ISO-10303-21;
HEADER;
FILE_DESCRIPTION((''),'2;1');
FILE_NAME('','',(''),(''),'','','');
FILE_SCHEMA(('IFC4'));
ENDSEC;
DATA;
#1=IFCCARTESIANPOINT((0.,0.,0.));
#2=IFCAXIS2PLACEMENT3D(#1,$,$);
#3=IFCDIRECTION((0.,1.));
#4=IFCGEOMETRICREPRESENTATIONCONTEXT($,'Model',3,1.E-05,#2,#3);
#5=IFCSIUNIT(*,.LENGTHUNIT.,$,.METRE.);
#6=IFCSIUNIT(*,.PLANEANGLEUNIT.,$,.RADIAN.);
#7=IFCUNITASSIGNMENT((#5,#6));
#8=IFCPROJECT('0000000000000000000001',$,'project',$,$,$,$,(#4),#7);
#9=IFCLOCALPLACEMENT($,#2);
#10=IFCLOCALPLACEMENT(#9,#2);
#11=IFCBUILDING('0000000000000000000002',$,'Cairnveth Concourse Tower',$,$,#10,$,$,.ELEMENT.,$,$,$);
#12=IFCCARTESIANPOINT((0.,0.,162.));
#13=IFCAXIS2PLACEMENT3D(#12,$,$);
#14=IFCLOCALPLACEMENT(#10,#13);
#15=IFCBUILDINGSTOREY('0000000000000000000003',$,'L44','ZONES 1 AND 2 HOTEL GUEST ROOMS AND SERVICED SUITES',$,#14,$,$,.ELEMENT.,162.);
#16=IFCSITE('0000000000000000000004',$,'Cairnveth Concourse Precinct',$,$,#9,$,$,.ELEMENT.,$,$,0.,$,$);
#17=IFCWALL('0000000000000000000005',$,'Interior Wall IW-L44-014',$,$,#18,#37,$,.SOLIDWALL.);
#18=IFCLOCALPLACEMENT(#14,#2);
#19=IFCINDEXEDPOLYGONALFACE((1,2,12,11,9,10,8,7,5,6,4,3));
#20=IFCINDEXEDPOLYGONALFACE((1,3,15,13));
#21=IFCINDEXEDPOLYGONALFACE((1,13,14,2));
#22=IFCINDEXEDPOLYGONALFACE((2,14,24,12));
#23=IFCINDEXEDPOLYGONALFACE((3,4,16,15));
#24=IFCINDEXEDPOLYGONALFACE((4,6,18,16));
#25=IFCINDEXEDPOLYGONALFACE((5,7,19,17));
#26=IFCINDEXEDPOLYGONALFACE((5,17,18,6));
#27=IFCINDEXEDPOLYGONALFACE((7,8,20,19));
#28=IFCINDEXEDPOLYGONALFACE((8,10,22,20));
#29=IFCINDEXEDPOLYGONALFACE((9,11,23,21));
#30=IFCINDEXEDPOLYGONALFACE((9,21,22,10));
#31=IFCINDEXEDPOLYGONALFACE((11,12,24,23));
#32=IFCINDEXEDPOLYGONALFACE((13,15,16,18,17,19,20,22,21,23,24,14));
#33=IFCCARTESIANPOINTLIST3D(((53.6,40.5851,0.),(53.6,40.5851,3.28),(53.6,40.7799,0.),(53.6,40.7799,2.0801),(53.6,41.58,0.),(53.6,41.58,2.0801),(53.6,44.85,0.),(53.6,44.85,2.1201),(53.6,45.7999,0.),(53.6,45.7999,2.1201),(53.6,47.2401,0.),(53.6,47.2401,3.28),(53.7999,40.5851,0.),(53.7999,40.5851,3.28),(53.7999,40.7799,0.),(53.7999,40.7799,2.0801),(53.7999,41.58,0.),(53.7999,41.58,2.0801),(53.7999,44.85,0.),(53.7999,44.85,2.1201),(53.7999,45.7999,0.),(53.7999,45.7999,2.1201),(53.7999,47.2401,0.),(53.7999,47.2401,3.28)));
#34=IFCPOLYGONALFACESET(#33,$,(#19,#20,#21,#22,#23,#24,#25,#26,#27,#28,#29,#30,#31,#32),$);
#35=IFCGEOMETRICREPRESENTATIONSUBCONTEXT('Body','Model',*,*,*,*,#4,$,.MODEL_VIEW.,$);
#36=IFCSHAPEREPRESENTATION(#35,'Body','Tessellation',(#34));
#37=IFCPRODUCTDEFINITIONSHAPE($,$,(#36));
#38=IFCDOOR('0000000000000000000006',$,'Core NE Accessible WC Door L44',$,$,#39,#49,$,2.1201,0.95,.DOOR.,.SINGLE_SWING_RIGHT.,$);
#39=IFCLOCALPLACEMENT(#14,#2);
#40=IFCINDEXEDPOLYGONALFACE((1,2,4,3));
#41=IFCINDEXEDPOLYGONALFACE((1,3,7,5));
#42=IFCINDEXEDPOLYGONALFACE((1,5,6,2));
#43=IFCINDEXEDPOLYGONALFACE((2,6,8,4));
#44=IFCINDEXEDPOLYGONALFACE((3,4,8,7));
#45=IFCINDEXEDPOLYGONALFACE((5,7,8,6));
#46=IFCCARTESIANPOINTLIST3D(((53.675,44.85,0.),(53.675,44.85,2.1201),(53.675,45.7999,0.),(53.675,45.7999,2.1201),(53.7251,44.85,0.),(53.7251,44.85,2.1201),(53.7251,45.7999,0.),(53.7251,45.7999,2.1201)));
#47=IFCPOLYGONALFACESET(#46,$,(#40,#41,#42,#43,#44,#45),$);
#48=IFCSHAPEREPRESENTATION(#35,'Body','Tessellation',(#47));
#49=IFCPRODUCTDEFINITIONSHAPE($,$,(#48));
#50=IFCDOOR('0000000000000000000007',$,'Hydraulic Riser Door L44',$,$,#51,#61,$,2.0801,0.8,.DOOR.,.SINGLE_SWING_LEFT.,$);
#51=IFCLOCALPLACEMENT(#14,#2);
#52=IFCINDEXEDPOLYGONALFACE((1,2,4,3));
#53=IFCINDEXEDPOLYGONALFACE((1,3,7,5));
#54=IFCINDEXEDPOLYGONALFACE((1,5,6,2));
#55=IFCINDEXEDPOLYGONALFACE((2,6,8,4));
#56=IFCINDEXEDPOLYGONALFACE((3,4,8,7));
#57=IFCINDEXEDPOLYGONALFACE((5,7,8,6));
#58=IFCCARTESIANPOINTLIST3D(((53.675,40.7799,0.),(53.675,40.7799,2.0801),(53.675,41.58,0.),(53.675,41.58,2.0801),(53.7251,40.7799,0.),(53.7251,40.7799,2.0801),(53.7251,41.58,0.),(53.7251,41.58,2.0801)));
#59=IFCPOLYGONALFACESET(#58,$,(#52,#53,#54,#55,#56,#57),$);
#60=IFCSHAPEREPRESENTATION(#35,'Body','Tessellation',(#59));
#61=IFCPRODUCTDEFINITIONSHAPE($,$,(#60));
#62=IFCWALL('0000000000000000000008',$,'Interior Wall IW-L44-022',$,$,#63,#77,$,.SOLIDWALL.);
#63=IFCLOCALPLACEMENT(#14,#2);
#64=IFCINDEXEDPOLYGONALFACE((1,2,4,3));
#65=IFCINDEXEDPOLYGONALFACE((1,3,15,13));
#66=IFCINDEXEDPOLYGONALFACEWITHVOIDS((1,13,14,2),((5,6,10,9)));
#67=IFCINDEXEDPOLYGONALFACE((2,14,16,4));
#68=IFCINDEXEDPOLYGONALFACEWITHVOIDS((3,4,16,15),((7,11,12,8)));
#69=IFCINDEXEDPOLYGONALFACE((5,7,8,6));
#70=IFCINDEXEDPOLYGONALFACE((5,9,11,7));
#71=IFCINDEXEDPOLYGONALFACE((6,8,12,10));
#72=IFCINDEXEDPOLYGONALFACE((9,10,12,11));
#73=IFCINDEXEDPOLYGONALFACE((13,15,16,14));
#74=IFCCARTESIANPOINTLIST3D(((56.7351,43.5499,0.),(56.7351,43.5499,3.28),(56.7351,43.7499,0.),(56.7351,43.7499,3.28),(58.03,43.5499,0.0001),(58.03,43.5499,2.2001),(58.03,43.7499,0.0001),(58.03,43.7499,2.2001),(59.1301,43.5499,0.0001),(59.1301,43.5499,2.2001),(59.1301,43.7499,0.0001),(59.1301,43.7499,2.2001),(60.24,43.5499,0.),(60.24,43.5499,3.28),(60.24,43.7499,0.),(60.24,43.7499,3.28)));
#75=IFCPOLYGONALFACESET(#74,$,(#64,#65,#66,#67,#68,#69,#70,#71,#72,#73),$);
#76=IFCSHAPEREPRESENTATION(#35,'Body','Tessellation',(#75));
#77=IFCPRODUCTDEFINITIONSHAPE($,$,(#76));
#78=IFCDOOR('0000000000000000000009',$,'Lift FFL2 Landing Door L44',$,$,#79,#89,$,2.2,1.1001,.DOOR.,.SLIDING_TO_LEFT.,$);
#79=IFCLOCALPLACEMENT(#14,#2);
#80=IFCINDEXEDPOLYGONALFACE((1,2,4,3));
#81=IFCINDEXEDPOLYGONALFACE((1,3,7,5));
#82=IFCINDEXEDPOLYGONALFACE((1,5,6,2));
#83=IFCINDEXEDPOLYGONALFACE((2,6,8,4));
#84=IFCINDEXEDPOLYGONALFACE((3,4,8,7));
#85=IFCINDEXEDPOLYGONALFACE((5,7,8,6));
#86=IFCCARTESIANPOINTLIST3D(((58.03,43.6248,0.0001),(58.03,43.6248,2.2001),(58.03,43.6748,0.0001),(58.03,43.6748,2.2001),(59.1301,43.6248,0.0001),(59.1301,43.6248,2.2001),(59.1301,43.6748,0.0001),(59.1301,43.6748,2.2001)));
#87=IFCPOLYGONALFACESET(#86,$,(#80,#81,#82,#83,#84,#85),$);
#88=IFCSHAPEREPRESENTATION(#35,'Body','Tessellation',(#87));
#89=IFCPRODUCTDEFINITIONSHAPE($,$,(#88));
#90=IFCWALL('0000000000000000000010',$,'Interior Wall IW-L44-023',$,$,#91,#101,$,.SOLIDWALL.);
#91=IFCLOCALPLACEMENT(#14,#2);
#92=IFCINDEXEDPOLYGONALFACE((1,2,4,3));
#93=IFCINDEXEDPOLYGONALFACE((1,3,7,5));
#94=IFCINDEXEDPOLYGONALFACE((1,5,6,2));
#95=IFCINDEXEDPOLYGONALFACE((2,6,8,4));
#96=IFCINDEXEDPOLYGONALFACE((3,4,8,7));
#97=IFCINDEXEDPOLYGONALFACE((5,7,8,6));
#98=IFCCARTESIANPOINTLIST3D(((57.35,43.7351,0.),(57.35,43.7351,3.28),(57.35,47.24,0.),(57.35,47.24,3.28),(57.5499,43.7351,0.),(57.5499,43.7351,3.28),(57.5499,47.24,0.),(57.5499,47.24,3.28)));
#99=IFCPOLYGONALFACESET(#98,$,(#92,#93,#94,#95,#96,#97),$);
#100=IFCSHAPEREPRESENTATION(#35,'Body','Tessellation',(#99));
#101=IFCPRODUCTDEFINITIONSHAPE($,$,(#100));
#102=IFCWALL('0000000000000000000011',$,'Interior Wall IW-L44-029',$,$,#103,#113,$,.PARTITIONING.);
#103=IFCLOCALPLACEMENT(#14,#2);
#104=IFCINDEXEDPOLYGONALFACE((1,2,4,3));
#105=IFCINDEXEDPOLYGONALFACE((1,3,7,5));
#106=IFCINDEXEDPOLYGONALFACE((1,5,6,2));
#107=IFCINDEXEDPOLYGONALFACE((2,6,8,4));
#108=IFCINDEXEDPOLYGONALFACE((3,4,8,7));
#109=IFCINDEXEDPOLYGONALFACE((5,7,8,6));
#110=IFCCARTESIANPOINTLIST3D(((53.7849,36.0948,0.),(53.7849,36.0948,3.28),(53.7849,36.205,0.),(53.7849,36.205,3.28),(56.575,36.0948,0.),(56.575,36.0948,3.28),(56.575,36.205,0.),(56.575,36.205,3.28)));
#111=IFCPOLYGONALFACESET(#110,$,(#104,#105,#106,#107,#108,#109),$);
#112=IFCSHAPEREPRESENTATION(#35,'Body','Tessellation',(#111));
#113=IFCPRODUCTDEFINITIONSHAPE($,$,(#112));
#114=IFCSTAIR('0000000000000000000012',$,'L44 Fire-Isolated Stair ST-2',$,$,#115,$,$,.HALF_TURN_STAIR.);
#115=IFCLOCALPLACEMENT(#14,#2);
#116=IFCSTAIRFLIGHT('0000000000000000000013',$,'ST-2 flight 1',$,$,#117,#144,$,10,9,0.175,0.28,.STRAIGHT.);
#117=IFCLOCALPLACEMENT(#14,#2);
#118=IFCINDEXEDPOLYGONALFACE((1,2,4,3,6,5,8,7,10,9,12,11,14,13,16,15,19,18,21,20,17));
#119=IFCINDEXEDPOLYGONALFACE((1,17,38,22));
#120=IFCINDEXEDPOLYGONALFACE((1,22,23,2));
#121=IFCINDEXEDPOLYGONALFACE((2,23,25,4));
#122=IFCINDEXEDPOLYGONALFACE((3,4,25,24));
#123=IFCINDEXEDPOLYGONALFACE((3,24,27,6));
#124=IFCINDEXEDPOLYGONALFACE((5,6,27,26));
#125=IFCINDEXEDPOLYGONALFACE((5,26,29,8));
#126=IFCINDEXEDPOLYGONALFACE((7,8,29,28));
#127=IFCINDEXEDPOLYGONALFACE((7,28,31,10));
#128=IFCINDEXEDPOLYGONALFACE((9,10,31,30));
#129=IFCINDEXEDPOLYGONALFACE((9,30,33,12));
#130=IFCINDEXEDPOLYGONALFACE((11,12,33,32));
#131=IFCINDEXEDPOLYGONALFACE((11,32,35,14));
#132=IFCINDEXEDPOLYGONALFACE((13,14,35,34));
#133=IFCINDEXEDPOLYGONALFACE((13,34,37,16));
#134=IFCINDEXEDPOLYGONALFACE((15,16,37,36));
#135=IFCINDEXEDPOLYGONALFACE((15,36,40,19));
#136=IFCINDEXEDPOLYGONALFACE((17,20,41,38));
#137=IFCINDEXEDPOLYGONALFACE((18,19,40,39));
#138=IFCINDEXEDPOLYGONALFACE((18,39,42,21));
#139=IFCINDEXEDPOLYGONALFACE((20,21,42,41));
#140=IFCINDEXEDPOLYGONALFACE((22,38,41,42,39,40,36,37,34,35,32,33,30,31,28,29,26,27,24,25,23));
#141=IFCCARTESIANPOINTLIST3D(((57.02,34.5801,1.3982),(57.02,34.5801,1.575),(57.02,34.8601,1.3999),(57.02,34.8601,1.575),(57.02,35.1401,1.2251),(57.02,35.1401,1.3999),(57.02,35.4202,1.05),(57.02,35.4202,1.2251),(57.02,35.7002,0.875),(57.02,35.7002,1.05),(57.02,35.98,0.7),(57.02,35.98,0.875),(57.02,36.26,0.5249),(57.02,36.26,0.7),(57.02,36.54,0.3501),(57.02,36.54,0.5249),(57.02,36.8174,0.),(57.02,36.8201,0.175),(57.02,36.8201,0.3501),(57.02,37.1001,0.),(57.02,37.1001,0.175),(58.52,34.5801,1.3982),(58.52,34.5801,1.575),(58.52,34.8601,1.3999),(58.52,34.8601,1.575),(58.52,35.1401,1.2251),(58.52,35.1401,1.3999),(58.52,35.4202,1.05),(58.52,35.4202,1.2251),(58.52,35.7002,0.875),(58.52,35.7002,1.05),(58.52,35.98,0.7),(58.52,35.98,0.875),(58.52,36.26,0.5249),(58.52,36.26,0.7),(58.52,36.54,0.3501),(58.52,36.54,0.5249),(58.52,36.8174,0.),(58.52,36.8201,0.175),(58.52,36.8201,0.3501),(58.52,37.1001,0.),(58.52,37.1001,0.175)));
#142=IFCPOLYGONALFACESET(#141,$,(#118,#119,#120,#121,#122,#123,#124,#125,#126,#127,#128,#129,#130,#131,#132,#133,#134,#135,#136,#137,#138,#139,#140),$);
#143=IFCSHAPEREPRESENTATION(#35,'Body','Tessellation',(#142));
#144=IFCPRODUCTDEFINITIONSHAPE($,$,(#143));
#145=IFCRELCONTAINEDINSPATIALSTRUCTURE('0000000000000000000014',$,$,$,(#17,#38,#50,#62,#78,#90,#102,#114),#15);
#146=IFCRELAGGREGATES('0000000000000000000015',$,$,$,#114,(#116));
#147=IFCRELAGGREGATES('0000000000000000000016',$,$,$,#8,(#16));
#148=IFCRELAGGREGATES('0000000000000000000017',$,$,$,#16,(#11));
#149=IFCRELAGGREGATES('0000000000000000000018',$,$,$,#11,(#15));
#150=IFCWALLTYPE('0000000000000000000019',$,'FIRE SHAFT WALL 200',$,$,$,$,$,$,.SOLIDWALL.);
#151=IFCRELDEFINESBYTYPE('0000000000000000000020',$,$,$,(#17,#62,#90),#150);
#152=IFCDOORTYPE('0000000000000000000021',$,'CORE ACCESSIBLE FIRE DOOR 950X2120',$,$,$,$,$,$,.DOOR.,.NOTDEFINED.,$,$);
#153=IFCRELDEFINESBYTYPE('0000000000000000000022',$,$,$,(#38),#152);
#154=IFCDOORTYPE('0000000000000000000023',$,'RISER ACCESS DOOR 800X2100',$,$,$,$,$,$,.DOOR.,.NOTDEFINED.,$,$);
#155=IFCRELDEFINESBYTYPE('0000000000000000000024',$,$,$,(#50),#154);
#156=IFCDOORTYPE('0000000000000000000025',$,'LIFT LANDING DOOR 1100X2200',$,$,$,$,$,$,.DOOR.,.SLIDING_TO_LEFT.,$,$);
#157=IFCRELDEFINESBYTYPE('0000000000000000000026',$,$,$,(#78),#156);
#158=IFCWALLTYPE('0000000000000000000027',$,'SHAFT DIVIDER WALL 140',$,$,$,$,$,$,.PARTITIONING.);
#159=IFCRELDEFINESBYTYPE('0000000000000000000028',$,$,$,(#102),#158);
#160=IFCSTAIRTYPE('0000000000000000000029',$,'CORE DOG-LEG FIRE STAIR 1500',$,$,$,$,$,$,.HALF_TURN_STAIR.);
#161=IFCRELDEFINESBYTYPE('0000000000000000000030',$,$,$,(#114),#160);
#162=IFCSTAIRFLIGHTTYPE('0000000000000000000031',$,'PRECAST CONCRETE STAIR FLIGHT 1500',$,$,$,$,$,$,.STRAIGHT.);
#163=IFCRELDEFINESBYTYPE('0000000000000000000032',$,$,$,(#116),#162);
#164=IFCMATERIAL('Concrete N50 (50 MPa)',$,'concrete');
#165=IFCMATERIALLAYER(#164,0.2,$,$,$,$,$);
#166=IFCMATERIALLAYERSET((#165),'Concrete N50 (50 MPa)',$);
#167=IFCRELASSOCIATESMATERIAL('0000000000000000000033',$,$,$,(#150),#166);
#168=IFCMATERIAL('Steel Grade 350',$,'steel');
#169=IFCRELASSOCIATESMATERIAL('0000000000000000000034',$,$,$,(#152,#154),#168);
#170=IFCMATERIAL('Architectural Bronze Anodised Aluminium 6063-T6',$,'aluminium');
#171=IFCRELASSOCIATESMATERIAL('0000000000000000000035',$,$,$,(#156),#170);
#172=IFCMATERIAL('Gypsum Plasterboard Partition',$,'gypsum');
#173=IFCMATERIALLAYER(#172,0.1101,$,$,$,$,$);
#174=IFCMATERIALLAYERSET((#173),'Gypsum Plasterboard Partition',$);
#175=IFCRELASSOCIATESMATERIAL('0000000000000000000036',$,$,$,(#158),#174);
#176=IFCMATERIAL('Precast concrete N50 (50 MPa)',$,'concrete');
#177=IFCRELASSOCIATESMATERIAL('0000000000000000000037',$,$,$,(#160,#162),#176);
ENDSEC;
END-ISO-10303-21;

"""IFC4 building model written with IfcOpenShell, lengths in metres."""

from ifc_helpers import new_model, si_unit, direction, frame, frame_2d, origin, place, context, subcontext, project, spatial, polyline, rectangle, outline, extrude, material, layer, layer_set, type_object, element, fill, aggregate, save


model = new_model("IFC4")

# Units and contexts
model_context = context("Model", 3, precision=1e-05, world=origin(), true_north=direction((0.0, 1.0)))
body_context = subcontext(model_context, "Body", "Model", "MODEL_VIEW")
ifc_project = project(units=[si_unit("LENGTHUNIT", "METRE"), si_unit("PLANEANGLEUNIT", "RADIAN")], contexts=[model_context])

# Site, building, storey
site_placement = place(None, origin())
site = spatial("IfcSite", under=ifc_project, at=site_placement, Name="Cairnveth Concourse Precinct", CompositionType="ELEMENT", RefElevation=0.0)
building_placement = place(site_placement, origin())
building = spatial("IfcBuilding", under=site, at=building_placement, Name="Cairnveth Concourse Tower", CompositionType="ELEMENT")
storey_placement = place(building_placement, frame((0.0, 0.0, 162.0)))
storey = spatial("IfcBuildingStorey", under=building, at=storey_placement, Name="L44", Description="ZONES 1 AND 2 HOTEL GUEST ROOMS AND SERVICED SUITES", CompositionType="ELEMENT", Elevation=162.0)

# Shared definitions
ifc_material_1 = material(Name="Steel Grade 350", Category="steel")

# Shared definitions
ifc_material_2 = material(Name="Concrete N50 (50 MPa)", Category="concrete")

# Shared definitions
ifc_layer_1 = layer(ifc_material_2, 0.2)
ifc_layer_set_1 = layer_set([ifc_layer_1], Name="Concrete N50 (50 MPa)")
wall_type_1 = type_object("IfcWallType", Name="FIRE SHAFT WALL 200", PredefinedType="SOLIDWALL", material=ifc_layer_set_1)

# Wall, openings, doors
wall_1_placement = place(storey_placement, frame((53.7, 40.585, 0.0), z_axis=(0.0, 0.0, 1.0), x_axis=(0.0, 1.0, 0.0)))
wall_1 = element("IfcWall", 1, at=wall_1_placement, inside=storey, type_object=wall_type_1, Name="Interior Wall IW-L44-014", PredefinedType="SOLIDWALL", context=body_context, shape_type="SweptSolid", body=[
    extrude(rectangle(XDim=6.655, YDim=0.2, at=frame_2d((3.3276, 0.0))), origin(), (0.0, 0.0, 1.0), 3.28),
])
opening_1_placement = place(wall_1_placement, frame((0.1951, 0.0, 0.0)))
opening_1 = element("IfcOpeningElement", 2, at=opening_1_placement, cuts=wall_1, PredefinedType="OPENING", context=body_context, shape_type="SweptSolid", body=[
    extrude(rectangle(XDim=0.8, YDim=2.0801, at=frame_2d((0.3999, 1.04))), frame((0.0, 0.1099, 0.0), z_axis=(0.0, -1.0, 0.0), x_axis=(1.0, 0.0, 0.0)), (0.0, 0.0, 1.0), 0.22),
])
opening_2_placement = place(wall_1_placement, frame((4.2649, 0.0, 0.0)))
opening_2 = element("IfcOpeningElement", 3, at=opening_2_placement, cuts=wall_1, PredefinedType="OPENING", context=body_context, shape_type="SweptSolid", body=[
    extrude(rectangle(XDim=0.95, YDim=2.1201, at=frame_2d((0.4751, 1.0601))), frame((0.0, 0.1099, 0.0), z_axis=(0.0, -1.0, 0.0), x_axis=(1.0, 0.0, 0.0)), (0.0, 0.0, 1.0), 0.22),
])
door_type_1 = type_object("IfcDoorType", Name="CORE ACCESSIBLE FIRE DOOR 950X2120", OperationType="NOTDEFINED", PredefinedType="DOOR", material=ifc_material_1)
door_1_placement = place(opening_2_placement, origin())
door_1 = element("IfcDoor", 4, at=door_1_placement, inside=storey, type_object=door_type_1, Name="Core NE Accessible WC Door L44", OperationType="SINGLE_SWING_RIGHT", OverallHeight=2.1201, OverallWidth=0.95, PredefinedType="DOOR", context=body_context, shape_type="SweptSolid", body=[
    extrude(rectangle(XDim=0.95, YDim=2.1201, at=frame_2d((0.4751, 1.0601))), frame((0.0, 0.0249, 0.0), z_axis=(0.0, -1.0, 0.0), x_axis=(1.0, 0.0, 0.0)), (0.0, 0.0, 1.0), 0.05),
])
fill(opening_2, door_1)
door_type_2 = type_object("IfcDoorType", Name="RISER ACCESS DOOR 800X2100", OperationType="NOTDEFINED", PredefinedType="DOOR", material=ifc_material_1)
door_2_placement = place(opening_1_placement, origin())
door_2 = element("IfcDoor", 5, at=door_2_placement, inside=storey, type_object=door_type_2, Name="Hydraulic Riser Door L44", OperationType="SINGLE_SWING_LEFT", OverallHeight=2.0801, OverallWidth=0.8, PredefinedType="DOOR", context=body_context, shape_type="SweptSolid", body=[
    extrude(rectangle(XDim=0.8, YDim=2.0801, at=frame_2d((0.3999, 1.04))), frame((0.0, 0.0249, 0.0), z_axis=(0.0, -1.0, 0.0), x_axis=(1.0, 0.0, 0.0)), (0.0, 0.0, 1.0), 0.05),
])
fill(opening_1, door_2)

# Wall, opening, door
wall_2_placement = place(storey_placement, frame((56.7351, 43.6499, 0.0), z_axis=(0.0, 0.0, 1.0), x_axis=(1.0, 0.0, 0.0)))
wall_2 = element("IfcWall", 6, at=wall_2_placement, inside=storey, type_object=wall_type_1, Name="Interior Wall IW-L44-022", PredefinedType="SOLIDWALL", context=body_context, shape_type="SweptSolid", body=[
    extrude(rectangle(XDim=3.5049, YDim=0.2, at=frame_2d((1.7524, 0.0))), origin(), (0.0, 0.0, 1.0), 3.28),
])
opening_3_placement = place(wall_2_placement, frame((1.2949, 0.0, 0.0)))
opening_3 = element("IfcOpeningElement", 7, at=opening_3_placement, cuts=wall_2, PredefinedType="OPENING", context=body_context, shape_type="SweptSolid", body=[
    extrude(rectangle(XDim=1.1001, YDim=2.2, at=frame_2d((0.55, 1.1001))), frame((0.0, 0.1099, 0.0), z_axis=(0.0, -1.0, 0.0), x_axis=(1.0, 0.0, 0.0)), (0.0, 0.0, 1.0), 0.22),
])
ifc_material_3 = material(Name="Architectural Bronze Anodised Aluminium 6063-T6", Category="aluminium")
door_type_3 = type_object("IfcDoorType", Name="LIFT LANDING DOOR 1100X2200", OperationType="SLIDING_TO_LEFT", PredefinedType="DOOR", material=ifc_material_3)
door_3_placement = place(opening_3_placement, origin())
door_3 = element("IfcDoor", 8, at=door_3_placement, inside=storey, type_object=door_type_3, Name="Lift FFL2 Landing Door L44", OperationType="SLIDING_TO_LEFT", OverallHeight=2.2, OverallWidth=1.1001, PredefinedType="DOOR", context=body_context, shape_type="SweptSolid", body=[
    extrude(rectangle(XDim=1.1001, YDim=2.2, at=frame_2d((0.55, 1.1001))), frame((0.0, 0.0249, 0.0), z_axis=(0.0, -1.0, 0.0), x_axis=(1.0, 0.0, 0.0)), (0.0, 0.0, 1.0), 0.05),
])
fill(opening_3, door_3)

# Walls
wall_3_placement = place(storey_placement, frame((57.45, 43.7351, 0.0), z_axis=(0.0, 0.0, 1.0), x_axis=(0.0, 1.0, 0.0)))
element("IfcWall", 9, at=wall_3_placement, inside=storey, type_object=wall_type_1, Name="Interior Wall IW-L44-023", PredefinedType="SOLIDWALL", context=body_context, shape_type="SweptSolid", body=[
    extrude(rectangle(XDim=3.5049, YDim=0.2, at=frame_2d((1.7524, 0.0))), origin(), (0.0, 0.0, 1.0), 3.28),
])
ifc_material_4 = material(Name="Gypsum Plasterboard Partition", Category="gypsum")
ifc_layer_2 = layer(ifc_material_4, 0.1101)
ifc_layer_set_2 = layer_set([ifc_layer_2], Name="Gypsum Plasterboard Partition")
wall_type_2 = type_object("IfcWallType", Name="SHAFT DIVIDER WALL 140", PredefinedType="PARTITIONING", material=ifc_layer_set_2)
wall_4_placement = place(storey_placement, frame((53.7849, 36.1499, 0.0), z_axis=(0.0, 0.0, 1.0), x_axis=(1.0, 0.0, 0.0)))
element("IfcWall", 10, at=wall_4_placement, inside=storey, type_object=wall_type_2, Name="Interior Wall IW-L44-029", PredefinedType="PARTITIONING", context=body_context, shape_type="SweptSolid", body=[
    extrude(rectangle(XDim=2.79, YDim=0.1101, at=frame_2d((1.395, 0.0))), origin(), (0.0, 0.0, 1.0), 3.28),
])

# Stair, stair flight
ifc_material_5 = material(Name="Precast concrete N50 (50 MPa)", Category="concrete")
stair_type = type_object("IfcStairType", Name="CORE DOG-LEG FIRE STAIR 1500", PredefinedType="HALF_TURN_STAIR", material=ifc_material_5)
stair_placement = place(storey_placement, origin())
stair = element("IfcStair", 11, at=stair_placement, inside=storey, type_object=stair_type, Name="L44 Fire-Isolated Stair ST-2", PredefinedType="HALF_TURN_STAIR")
stair_flight_type = type_object("IfcStairFlightType", Name="PRECAST CONCRETE STAIR FLIGHT 1500", PredefinedType="STRAIGHT", material=ifc_material_5)
stair_flight_placement = place(storey_placement, frame((57.77, 37.1001, 0.0), z_axis=(0.0, 0.0, 1.0), x_axis=(0.0, -1.0, 0.0)))
stair_flight = element("IfcStairFlight", 12, at=stair_flight_placement, type_object=stair_flight_type, Name="ST-2 flight 1", NumberOfRisers=10, NumberOfTreads=9, PredefinedType="STRAIGHT", RiserHeight=0.175, TreadLength=0.28, context=body_context, shape_type="SweptSolid", body=[
    extrude(outline(polyline([(0.0, 0.0), (0.0, 0.175), (0.28, 0.175), (0.28, 0.3501), (0.5601, 0.3501), (0.5601, 0.5249), (0.8401, 0.5249), (0.8401, 0.7), (1.1201, 0.7), (1.1201, 0.875), (1.3999, 0.875), (1.3999, 1.05), (1.6799, 1.05), (1.6799, 1.2251), (1.96, 1.2251), (1.96, 1.3999), (2.24, 1.3999), (2.24, 1.575), (2.52, 1.575), (2.52, 1.75), (2.52, 1.3982), (0.2827, 0.0), (0.0, 0.0)])), frame((0.0, 0.75, 0.0), z_axis=(0.0, -1.0, 0.0), x_axis=(1.0, 0.0, 0.0)), (0.0, 0.0, 1.0), 1.5),
])
aggregate(stair, [stair_flight])

save(model, "model.ifc")
